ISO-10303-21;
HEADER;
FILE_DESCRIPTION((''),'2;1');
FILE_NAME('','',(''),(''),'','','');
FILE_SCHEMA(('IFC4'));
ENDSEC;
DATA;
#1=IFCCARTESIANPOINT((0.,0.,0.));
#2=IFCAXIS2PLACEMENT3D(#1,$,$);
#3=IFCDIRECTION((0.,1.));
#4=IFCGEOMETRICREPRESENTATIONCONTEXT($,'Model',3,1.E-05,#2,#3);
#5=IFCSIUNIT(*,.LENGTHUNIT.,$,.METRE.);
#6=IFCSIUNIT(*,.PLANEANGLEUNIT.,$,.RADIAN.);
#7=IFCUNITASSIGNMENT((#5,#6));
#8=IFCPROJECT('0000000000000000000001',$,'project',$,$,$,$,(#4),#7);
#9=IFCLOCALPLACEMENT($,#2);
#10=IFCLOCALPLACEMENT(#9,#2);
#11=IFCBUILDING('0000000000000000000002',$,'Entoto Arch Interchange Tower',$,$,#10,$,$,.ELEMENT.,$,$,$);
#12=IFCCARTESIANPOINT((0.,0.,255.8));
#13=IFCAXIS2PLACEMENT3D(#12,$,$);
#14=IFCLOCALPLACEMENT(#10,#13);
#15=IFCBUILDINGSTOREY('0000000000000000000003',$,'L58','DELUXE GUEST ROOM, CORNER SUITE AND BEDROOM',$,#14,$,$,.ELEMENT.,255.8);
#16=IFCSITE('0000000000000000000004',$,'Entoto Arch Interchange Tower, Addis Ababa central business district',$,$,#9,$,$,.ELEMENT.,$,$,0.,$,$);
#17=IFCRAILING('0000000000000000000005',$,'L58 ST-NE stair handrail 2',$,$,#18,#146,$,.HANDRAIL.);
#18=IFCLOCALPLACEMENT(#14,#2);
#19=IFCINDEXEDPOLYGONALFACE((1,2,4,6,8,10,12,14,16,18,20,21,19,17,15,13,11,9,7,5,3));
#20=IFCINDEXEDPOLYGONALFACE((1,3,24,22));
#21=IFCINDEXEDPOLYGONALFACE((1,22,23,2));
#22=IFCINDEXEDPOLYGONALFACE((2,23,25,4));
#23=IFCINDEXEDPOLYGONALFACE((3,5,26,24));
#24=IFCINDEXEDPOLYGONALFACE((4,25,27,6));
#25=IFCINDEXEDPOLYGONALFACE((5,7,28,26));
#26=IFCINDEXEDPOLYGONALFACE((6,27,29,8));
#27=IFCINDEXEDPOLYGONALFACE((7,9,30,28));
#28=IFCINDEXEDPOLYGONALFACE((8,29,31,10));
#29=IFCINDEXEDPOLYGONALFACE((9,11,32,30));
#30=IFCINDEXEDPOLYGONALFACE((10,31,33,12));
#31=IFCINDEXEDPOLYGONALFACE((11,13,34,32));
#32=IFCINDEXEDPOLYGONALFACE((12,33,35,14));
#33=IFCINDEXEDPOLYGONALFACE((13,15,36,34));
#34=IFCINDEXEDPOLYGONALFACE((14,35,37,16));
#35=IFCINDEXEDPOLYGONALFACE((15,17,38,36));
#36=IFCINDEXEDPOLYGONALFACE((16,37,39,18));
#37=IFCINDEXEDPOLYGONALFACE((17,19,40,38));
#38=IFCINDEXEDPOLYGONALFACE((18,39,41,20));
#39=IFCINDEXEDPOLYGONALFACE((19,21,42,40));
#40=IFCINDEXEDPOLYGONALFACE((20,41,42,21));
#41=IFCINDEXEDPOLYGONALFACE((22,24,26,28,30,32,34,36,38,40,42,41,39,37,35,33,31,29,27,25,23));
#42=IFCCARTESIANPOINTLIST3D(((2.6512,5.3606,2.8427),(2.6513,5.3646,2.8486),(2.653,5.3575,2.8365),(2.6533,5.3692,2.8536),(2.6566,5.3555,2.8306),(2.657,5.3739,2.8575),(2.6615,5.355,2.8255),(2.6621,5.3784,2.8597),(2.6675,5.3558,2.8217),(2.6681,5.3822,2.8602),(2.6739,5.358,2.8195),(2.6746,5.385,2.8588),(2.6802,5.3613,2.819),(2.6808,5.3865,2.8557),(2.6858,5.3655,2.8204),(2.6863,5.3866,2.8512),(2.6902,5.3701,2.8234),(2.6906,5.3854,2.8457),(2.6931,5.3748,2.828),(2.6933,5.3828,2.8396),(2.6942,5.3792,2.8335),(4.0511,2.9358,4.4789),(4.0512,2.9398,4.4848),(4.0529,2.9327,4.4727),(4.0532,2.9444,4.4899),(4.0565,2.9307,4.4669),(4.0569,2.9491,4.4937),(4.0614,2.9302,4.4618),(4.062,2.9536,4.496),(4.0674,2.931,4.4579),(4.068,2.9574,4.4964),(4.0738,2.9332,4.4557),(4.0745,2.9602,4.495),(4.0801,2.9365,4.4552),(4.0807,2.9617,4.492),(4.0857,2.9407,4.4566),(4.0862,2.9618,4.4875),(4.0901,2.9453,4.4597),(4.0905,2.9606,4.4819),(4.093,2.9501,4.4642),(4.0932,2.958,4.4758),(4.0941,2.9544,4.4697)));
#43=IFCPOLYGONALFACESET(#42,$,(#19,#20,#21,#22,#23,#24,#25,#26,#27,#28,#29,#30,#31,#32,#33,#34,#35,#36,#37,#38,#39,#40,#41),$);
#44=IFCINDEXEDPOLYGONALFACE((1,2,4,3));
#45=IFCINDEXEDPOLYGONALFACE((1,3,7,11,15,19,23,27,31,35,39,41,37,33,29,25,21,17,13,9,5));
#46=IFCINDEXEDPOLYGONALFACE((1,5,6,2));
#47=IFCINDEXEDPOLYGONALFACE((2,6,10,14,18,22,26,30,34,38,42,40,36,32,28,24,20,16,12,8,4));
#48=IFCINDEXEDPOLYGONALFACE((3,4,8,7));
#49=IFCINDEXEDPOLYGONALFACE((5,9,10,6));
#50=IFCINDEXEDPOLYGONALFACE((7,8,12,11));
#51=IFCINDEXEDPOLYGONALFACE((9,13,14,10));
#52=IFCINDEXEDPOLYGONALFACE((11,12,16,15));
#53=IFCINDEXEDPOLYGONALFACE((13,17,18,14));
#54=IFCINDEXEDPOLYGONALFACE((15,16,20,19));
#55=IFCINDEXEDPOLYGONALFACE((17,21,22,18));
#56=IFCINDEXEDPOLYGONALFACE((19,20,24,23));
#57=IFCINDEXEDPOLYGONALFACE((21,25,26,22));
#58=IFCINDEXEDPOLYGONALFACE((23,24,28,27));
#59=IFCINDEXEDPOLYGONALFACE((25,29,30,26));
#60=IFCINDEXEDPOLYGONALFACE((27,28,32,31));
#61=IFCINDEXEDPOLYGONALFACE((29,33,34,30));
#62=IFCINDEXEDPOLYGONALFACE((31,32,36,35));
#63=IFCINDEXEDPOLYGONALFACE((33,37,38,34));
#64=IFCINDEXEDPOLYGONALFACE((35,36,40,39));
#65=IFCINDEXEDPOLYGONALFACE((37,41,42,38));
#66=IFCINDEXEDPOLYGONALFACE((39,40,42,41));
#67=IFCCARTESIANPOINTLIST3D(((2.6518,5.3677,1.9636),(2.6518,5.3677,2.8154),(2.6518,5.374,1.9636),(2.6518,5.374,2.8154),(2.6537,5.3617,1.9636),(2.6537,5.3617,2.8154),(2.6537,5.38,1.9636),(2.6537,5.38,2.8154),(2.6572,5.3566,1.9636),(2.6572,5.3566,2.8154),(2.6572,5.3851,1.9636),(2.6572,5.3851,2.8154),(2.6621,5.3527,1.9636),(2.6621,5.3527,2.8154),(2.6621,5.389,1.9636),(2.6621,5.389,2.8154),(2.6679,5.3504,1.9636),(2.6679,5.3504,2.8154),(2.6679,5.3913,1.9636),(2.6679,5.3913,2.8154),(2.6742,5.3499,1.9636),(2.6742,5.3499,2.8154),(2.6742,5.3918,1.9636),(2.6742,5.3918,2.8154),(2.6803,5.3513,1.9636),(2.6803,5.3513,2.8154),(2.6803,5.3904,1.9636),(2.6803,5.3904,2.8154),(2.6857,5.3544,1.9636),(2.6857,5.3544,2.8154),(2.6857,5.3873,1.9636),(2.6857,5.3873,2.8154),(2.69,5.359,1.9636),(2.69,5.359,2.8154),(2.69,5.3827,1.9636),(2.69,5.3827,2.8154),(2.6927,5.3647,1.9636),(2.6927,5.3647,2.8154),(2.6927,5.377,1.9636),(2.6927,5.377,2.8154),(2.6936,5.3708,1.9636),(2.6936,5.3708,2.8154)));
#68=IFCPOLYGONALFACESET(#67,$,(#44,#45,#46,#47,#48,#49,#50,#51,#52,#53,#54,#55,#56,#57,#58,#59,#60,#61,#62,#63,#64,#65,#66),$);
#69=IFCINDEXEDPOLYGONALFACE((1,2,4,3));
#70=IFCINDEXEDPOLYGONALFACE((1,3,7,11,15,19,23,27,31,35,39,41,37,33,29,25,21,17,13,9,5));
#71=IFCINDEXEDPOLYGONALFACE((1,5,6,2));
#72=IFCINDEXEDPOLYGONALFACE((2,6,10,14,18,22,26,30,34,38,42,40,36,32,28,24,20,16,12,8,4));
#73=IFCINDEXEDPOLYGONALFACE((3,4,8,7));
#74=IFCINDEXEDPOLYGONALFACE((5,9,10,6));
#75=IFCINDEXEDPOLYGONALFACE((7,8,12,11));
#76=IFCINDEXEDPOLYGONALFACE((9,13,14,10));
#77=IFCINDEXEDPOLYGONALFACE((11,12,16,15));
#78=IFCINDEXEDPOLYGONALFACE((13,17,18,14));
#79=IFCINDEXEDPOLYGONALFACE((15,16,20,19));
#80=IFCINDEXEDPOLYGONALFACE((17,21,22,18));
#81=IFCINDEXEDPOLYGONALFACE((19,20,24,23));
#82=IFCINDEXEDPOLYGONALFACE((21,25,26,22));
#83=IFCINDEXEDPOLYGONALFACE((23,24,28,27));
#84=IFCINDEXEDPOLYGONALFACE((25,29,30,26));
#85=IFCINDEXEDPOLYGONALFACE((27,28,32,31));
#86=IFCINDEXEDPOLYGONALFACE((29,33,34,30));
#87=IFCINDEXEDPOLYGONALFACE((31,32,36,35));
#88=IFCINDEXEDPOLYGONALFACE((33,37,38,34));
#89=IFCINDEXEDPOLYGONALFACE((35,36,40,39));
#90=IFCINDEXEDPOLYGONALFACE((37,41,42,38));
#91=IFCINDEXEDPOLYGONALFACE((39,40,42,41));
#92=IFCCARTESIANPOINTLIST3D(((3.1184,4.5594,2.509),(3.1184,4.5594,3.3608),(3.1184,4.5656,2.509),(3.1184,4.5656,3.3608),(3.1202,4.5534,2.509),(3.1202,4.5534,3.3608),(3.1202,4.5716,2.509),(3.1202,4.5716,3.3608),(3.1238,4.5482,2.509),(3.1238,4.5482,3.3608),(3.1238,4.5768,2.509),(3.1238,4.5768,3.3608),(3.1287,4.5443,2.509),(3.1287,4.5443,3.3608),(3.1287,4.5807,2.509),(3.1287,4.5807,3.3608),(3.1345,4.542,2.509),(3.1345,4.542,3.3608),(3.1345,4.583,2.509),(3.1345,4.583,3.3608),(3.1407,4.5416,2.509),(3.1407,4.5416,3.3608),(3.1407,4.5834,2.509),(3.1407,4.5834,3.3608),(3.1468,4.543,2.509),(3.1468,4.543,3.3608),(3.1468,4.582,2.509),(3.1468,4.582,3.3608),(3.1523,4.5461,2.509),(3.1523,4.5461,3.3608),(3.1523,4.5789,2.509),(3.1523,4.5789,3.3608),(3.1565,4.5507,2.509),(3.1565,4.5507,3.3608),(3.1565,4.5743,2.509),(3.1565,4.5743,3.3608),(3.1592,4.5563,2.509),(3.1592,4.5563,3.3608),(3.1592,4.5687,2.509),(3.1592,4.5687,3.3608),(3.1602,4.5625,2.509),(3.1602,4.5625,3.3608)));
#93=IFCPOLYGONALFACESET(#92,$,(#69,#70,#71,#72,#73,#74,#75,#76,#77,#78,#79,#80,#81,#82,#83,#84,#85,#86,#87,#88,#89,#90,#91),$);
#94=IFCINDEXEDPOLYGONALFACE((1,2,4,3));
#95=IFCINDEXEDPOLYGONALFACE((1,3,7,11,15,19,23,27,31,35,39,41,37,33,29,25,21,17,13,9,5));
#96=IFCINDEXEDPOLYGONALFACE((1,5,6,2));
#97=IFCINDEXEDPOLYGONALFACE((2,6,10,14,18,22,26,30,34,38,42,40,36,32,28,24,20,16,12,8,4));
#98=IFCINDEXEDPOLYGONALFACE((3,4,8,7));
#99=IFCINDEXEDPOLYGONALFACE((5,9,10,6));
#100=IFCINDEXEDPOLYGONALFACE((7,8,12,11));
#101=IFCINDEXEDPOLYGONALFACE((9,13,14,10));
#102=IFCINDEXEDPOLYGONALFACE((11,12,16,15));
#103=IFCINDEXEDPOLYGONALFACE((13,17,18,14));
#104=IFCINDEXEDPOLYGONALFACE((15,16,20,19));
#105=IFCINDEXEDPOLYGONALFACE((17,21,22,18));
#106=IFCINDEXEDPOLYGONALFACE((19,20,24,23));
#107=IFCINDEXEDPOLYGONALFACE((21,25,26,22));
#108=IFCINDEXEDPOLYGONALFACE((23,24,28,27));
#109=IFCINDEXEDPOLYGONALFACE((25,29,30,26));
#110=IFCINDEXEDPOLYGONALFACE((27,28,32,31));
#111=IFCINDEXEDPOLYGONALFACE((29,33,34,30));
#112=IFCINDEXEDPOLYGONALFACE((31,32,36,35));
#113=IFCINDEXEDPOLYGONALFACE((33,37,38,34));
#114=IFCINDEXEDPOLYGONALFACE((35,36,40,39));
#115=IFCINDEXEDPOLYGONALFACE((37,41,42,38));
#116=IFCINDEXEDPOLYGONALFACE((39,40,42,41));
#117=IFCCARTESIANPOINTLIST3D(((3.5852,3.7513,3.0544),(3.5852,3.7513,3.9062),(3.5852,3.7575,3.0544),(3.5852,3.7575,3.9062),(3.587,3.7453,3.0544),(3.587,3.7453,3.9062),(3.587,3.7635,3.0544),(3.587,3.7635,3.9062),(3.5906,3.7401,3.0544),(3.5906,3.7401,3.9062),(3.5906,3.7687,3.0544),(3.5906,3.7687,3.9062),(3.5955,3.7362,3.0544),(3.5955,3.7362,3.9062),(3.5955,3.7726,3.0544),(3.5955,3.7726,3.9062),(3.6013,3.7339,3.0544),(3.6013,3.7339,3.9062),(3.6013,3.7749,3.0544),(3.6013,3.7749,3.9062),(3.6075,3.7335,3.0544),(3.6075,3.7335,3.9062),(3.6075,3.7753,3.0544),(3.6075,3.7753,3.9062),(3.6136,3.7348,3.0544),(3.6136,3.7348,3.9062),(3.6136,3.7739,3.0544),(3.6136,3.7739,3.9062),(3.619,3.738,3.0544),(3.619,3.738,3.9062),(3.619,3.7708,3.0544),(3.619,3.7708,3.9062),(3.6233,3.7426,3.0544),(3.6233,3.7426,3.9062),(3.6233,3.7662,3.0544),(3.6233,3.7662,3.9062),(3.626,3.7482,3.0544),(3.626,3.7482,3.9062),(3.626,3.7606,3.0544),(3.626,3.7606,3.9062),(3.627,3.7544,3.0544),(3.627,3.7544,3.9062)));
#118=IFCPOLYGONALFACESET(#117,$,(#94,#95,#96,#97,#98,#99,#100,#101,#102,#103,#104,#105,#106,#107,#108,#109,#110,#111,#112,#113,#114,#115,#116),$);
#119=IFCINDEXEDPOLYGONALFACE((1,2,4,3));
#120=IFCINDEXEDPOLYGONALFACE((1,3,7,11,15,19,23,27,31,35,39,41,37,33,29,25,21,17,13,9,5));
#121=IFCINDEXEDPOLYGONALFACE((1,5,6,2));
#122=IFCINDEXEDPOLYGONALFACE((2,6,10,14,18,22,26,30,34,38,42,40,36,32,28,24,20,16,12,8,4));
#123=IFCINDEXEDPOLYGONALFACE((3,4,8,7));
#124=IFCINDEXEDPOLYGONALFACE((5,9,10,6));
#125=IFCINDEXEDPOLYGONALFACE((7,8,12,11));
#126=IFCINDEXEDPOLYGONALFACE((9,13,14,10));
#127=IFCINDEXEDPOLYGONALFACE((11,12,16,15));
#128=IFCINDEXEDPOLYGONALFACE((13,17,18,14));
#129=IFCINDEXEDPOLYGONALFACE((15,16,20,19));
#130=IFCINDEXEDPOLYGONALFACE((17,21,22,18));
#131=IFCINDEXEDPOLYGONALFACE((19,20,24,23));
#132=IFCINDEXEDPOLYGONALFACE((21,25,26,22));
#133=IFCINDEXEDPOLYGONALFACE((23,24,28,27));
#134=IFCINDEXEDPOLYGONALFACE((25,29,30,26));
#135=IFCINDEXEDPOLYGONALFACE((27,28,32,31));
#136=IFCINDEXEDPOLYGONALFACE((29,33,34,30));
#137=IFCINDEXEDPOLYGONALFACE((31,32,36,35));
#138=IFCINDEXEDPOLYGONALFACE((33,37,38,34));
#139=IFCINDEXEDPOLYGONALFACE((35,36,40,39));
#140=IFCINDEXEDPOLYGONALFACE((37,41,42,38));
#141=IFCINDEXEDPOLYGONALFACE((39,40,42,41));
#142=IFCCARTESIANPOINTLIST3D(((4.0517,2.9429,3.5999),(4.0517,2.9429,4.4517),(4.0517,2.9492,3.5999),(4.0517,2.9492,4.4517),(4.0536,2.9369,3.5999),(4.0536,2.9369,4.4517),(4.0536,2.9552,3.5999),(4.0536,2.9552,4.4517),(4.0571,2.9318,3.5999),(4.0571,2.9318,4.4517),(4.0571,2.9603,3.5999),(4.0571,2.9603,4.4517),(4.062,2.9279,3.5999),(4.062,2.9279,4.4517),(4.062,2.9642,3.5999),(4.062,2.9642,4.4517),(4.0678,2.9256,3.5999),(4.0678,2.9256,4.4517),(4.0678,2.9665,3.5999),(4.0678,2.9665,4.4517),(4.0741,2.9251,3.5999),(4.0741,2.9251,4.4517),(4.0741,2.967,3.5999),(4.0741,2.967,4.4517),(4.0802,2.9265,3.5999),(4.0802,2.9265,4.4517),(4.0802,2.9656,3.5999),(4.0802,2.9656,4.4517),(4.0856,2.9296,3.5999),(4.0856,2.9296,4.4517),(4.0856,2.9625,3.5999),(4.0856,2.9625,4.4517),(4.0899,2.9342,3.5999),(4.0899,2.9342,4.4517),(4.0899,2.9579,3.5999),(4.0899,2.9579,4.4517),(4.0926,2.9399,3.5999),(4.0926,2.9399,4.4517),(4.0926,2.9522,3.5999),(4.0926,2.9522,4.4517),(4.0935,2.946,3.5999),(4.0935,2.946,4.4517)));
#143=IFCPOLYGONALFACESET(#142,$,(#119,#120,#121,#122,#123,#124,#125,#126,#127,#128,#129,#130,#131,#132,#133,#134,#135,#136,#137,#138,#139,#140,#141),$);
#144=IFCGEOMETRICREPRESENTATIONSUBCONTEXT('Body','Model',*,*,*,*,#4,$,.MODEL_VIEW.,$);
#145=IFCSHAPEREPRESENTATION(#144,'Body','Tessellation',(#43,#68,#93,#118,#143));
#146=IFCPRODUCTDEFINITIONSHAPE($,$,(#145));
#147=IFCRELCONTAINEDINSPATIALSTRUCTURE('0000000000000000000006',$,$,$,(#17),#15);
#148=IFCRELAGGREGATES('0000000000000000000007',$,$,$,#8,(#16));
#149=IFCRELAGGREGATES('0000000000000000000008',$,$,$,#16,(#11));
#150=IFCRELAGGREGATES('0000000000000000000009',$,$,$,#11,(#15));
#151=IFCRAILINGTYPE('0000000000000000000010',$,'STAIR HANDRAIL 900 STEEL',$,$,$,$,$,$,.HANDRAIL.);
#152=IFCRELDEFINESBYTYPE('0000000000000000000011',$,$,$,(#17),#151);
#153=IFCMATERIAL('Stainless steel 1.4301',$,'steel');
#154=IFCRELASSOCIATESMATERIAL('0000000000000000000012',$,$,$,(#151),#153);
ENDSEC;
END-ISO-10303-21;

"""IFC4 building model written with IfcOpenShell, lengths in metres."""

from ifc_helpers import new_model, si_unit, direction, frame, origin, origin_2d, place, context, subcontext, project, spatial, circle, extrude, material, type_object, element, save


model = new_model("IFC4")

# Units and contexts
model_context = context("Model", 3, precision=1e-05, world=origin(), true_north=direction((0.0, 1.0)))
body_context = subcontext(model_context, "Body", "Model", "MODEL_VIEW")
ifc_project = project(units=[si_unit("LENGTHUNIT", "METRE"), si_unit("PLANEANGLEUNIT", "RADIAN")], contexts=[model_context])

# Site, building, storey
site_placement = place(None, origin())
site = spatial("IfcSite", under=ifc_project, at=site_placement, Name="Entoto Arch Interchange Tower, Addis Ababa central business district", CompositionType="ELEMENT", RefElevation=0.0)
building_placement = place(site_placement, origin())
building = spatial("IfcBuilding", under=site, at=building_placement, Name="Entoto Arch Interchange Tower", CompositionType="ELEMENT")
storey_placement = place(building_placement, frame((0.0, 0.0, 255.8)))
storey = spatial("IfcBuildingStorey", under=building, at=storey_placement, Name="L58", Description="DELUXE GUEST ROOM, CORNER SUITE AND BEDROOM", CompositionType="ELEMENT", Elevation=255.8)

# Railing
ifc_material_1 = material(Name="Stainless steel 1.4301", Category="steel")
railing_type_1 = type_object("IfcRailingType", Name="STAIR HANDRAIL 900 STEEL", PredefinedType="HANDRAIL", material=ifc_material_1)
railing_1_placement = place(storey_placement, frame((2.6726, 5.3708, 1.9636)))
element("IfcRailing", 1, at=railing_1_placement, inside=storey, type_object=railing_type_1, Name="L58 ST-NE stair handrail 2", PredefinedType="HANDRAIL", context=body_context, shape_type="SweptSolid", body=[
    extrude(circle(Radius=0.0239, at=origin_2d()), frame((0.0, 0.0, 0.876), z_axis=(0.431677, -0.747718, 0.504552), x_axis=(0.866035, 0.499984, 0.0)), (0.0, 0.0, 1.0), 3.2429),
    extrude(circle(Radius=0.021, at=origin_2d()), origin(), (0.0, 0.0, 1.0), 0.8518),
    extrude(circle(Radius=0.021, at=origin_2d()), frame((0.4666, -0.8083, 0.5454)), (0.0, 0.0, 1.0), 0.8518),
    extrude(circle(Radius=0.021, at=origin_2d()), frame((0.9333, -1.6165, 1.0908)), (0.0, 0.0, 1.0), 0.8518),
    extrude(circle(Radius=0.021, at=origin_2d()), frame((1.3999, -2.4248, 1.6362)), (0.0, 0.0, 1.0), 0.8518),
])

save(model, "model.ifc")
